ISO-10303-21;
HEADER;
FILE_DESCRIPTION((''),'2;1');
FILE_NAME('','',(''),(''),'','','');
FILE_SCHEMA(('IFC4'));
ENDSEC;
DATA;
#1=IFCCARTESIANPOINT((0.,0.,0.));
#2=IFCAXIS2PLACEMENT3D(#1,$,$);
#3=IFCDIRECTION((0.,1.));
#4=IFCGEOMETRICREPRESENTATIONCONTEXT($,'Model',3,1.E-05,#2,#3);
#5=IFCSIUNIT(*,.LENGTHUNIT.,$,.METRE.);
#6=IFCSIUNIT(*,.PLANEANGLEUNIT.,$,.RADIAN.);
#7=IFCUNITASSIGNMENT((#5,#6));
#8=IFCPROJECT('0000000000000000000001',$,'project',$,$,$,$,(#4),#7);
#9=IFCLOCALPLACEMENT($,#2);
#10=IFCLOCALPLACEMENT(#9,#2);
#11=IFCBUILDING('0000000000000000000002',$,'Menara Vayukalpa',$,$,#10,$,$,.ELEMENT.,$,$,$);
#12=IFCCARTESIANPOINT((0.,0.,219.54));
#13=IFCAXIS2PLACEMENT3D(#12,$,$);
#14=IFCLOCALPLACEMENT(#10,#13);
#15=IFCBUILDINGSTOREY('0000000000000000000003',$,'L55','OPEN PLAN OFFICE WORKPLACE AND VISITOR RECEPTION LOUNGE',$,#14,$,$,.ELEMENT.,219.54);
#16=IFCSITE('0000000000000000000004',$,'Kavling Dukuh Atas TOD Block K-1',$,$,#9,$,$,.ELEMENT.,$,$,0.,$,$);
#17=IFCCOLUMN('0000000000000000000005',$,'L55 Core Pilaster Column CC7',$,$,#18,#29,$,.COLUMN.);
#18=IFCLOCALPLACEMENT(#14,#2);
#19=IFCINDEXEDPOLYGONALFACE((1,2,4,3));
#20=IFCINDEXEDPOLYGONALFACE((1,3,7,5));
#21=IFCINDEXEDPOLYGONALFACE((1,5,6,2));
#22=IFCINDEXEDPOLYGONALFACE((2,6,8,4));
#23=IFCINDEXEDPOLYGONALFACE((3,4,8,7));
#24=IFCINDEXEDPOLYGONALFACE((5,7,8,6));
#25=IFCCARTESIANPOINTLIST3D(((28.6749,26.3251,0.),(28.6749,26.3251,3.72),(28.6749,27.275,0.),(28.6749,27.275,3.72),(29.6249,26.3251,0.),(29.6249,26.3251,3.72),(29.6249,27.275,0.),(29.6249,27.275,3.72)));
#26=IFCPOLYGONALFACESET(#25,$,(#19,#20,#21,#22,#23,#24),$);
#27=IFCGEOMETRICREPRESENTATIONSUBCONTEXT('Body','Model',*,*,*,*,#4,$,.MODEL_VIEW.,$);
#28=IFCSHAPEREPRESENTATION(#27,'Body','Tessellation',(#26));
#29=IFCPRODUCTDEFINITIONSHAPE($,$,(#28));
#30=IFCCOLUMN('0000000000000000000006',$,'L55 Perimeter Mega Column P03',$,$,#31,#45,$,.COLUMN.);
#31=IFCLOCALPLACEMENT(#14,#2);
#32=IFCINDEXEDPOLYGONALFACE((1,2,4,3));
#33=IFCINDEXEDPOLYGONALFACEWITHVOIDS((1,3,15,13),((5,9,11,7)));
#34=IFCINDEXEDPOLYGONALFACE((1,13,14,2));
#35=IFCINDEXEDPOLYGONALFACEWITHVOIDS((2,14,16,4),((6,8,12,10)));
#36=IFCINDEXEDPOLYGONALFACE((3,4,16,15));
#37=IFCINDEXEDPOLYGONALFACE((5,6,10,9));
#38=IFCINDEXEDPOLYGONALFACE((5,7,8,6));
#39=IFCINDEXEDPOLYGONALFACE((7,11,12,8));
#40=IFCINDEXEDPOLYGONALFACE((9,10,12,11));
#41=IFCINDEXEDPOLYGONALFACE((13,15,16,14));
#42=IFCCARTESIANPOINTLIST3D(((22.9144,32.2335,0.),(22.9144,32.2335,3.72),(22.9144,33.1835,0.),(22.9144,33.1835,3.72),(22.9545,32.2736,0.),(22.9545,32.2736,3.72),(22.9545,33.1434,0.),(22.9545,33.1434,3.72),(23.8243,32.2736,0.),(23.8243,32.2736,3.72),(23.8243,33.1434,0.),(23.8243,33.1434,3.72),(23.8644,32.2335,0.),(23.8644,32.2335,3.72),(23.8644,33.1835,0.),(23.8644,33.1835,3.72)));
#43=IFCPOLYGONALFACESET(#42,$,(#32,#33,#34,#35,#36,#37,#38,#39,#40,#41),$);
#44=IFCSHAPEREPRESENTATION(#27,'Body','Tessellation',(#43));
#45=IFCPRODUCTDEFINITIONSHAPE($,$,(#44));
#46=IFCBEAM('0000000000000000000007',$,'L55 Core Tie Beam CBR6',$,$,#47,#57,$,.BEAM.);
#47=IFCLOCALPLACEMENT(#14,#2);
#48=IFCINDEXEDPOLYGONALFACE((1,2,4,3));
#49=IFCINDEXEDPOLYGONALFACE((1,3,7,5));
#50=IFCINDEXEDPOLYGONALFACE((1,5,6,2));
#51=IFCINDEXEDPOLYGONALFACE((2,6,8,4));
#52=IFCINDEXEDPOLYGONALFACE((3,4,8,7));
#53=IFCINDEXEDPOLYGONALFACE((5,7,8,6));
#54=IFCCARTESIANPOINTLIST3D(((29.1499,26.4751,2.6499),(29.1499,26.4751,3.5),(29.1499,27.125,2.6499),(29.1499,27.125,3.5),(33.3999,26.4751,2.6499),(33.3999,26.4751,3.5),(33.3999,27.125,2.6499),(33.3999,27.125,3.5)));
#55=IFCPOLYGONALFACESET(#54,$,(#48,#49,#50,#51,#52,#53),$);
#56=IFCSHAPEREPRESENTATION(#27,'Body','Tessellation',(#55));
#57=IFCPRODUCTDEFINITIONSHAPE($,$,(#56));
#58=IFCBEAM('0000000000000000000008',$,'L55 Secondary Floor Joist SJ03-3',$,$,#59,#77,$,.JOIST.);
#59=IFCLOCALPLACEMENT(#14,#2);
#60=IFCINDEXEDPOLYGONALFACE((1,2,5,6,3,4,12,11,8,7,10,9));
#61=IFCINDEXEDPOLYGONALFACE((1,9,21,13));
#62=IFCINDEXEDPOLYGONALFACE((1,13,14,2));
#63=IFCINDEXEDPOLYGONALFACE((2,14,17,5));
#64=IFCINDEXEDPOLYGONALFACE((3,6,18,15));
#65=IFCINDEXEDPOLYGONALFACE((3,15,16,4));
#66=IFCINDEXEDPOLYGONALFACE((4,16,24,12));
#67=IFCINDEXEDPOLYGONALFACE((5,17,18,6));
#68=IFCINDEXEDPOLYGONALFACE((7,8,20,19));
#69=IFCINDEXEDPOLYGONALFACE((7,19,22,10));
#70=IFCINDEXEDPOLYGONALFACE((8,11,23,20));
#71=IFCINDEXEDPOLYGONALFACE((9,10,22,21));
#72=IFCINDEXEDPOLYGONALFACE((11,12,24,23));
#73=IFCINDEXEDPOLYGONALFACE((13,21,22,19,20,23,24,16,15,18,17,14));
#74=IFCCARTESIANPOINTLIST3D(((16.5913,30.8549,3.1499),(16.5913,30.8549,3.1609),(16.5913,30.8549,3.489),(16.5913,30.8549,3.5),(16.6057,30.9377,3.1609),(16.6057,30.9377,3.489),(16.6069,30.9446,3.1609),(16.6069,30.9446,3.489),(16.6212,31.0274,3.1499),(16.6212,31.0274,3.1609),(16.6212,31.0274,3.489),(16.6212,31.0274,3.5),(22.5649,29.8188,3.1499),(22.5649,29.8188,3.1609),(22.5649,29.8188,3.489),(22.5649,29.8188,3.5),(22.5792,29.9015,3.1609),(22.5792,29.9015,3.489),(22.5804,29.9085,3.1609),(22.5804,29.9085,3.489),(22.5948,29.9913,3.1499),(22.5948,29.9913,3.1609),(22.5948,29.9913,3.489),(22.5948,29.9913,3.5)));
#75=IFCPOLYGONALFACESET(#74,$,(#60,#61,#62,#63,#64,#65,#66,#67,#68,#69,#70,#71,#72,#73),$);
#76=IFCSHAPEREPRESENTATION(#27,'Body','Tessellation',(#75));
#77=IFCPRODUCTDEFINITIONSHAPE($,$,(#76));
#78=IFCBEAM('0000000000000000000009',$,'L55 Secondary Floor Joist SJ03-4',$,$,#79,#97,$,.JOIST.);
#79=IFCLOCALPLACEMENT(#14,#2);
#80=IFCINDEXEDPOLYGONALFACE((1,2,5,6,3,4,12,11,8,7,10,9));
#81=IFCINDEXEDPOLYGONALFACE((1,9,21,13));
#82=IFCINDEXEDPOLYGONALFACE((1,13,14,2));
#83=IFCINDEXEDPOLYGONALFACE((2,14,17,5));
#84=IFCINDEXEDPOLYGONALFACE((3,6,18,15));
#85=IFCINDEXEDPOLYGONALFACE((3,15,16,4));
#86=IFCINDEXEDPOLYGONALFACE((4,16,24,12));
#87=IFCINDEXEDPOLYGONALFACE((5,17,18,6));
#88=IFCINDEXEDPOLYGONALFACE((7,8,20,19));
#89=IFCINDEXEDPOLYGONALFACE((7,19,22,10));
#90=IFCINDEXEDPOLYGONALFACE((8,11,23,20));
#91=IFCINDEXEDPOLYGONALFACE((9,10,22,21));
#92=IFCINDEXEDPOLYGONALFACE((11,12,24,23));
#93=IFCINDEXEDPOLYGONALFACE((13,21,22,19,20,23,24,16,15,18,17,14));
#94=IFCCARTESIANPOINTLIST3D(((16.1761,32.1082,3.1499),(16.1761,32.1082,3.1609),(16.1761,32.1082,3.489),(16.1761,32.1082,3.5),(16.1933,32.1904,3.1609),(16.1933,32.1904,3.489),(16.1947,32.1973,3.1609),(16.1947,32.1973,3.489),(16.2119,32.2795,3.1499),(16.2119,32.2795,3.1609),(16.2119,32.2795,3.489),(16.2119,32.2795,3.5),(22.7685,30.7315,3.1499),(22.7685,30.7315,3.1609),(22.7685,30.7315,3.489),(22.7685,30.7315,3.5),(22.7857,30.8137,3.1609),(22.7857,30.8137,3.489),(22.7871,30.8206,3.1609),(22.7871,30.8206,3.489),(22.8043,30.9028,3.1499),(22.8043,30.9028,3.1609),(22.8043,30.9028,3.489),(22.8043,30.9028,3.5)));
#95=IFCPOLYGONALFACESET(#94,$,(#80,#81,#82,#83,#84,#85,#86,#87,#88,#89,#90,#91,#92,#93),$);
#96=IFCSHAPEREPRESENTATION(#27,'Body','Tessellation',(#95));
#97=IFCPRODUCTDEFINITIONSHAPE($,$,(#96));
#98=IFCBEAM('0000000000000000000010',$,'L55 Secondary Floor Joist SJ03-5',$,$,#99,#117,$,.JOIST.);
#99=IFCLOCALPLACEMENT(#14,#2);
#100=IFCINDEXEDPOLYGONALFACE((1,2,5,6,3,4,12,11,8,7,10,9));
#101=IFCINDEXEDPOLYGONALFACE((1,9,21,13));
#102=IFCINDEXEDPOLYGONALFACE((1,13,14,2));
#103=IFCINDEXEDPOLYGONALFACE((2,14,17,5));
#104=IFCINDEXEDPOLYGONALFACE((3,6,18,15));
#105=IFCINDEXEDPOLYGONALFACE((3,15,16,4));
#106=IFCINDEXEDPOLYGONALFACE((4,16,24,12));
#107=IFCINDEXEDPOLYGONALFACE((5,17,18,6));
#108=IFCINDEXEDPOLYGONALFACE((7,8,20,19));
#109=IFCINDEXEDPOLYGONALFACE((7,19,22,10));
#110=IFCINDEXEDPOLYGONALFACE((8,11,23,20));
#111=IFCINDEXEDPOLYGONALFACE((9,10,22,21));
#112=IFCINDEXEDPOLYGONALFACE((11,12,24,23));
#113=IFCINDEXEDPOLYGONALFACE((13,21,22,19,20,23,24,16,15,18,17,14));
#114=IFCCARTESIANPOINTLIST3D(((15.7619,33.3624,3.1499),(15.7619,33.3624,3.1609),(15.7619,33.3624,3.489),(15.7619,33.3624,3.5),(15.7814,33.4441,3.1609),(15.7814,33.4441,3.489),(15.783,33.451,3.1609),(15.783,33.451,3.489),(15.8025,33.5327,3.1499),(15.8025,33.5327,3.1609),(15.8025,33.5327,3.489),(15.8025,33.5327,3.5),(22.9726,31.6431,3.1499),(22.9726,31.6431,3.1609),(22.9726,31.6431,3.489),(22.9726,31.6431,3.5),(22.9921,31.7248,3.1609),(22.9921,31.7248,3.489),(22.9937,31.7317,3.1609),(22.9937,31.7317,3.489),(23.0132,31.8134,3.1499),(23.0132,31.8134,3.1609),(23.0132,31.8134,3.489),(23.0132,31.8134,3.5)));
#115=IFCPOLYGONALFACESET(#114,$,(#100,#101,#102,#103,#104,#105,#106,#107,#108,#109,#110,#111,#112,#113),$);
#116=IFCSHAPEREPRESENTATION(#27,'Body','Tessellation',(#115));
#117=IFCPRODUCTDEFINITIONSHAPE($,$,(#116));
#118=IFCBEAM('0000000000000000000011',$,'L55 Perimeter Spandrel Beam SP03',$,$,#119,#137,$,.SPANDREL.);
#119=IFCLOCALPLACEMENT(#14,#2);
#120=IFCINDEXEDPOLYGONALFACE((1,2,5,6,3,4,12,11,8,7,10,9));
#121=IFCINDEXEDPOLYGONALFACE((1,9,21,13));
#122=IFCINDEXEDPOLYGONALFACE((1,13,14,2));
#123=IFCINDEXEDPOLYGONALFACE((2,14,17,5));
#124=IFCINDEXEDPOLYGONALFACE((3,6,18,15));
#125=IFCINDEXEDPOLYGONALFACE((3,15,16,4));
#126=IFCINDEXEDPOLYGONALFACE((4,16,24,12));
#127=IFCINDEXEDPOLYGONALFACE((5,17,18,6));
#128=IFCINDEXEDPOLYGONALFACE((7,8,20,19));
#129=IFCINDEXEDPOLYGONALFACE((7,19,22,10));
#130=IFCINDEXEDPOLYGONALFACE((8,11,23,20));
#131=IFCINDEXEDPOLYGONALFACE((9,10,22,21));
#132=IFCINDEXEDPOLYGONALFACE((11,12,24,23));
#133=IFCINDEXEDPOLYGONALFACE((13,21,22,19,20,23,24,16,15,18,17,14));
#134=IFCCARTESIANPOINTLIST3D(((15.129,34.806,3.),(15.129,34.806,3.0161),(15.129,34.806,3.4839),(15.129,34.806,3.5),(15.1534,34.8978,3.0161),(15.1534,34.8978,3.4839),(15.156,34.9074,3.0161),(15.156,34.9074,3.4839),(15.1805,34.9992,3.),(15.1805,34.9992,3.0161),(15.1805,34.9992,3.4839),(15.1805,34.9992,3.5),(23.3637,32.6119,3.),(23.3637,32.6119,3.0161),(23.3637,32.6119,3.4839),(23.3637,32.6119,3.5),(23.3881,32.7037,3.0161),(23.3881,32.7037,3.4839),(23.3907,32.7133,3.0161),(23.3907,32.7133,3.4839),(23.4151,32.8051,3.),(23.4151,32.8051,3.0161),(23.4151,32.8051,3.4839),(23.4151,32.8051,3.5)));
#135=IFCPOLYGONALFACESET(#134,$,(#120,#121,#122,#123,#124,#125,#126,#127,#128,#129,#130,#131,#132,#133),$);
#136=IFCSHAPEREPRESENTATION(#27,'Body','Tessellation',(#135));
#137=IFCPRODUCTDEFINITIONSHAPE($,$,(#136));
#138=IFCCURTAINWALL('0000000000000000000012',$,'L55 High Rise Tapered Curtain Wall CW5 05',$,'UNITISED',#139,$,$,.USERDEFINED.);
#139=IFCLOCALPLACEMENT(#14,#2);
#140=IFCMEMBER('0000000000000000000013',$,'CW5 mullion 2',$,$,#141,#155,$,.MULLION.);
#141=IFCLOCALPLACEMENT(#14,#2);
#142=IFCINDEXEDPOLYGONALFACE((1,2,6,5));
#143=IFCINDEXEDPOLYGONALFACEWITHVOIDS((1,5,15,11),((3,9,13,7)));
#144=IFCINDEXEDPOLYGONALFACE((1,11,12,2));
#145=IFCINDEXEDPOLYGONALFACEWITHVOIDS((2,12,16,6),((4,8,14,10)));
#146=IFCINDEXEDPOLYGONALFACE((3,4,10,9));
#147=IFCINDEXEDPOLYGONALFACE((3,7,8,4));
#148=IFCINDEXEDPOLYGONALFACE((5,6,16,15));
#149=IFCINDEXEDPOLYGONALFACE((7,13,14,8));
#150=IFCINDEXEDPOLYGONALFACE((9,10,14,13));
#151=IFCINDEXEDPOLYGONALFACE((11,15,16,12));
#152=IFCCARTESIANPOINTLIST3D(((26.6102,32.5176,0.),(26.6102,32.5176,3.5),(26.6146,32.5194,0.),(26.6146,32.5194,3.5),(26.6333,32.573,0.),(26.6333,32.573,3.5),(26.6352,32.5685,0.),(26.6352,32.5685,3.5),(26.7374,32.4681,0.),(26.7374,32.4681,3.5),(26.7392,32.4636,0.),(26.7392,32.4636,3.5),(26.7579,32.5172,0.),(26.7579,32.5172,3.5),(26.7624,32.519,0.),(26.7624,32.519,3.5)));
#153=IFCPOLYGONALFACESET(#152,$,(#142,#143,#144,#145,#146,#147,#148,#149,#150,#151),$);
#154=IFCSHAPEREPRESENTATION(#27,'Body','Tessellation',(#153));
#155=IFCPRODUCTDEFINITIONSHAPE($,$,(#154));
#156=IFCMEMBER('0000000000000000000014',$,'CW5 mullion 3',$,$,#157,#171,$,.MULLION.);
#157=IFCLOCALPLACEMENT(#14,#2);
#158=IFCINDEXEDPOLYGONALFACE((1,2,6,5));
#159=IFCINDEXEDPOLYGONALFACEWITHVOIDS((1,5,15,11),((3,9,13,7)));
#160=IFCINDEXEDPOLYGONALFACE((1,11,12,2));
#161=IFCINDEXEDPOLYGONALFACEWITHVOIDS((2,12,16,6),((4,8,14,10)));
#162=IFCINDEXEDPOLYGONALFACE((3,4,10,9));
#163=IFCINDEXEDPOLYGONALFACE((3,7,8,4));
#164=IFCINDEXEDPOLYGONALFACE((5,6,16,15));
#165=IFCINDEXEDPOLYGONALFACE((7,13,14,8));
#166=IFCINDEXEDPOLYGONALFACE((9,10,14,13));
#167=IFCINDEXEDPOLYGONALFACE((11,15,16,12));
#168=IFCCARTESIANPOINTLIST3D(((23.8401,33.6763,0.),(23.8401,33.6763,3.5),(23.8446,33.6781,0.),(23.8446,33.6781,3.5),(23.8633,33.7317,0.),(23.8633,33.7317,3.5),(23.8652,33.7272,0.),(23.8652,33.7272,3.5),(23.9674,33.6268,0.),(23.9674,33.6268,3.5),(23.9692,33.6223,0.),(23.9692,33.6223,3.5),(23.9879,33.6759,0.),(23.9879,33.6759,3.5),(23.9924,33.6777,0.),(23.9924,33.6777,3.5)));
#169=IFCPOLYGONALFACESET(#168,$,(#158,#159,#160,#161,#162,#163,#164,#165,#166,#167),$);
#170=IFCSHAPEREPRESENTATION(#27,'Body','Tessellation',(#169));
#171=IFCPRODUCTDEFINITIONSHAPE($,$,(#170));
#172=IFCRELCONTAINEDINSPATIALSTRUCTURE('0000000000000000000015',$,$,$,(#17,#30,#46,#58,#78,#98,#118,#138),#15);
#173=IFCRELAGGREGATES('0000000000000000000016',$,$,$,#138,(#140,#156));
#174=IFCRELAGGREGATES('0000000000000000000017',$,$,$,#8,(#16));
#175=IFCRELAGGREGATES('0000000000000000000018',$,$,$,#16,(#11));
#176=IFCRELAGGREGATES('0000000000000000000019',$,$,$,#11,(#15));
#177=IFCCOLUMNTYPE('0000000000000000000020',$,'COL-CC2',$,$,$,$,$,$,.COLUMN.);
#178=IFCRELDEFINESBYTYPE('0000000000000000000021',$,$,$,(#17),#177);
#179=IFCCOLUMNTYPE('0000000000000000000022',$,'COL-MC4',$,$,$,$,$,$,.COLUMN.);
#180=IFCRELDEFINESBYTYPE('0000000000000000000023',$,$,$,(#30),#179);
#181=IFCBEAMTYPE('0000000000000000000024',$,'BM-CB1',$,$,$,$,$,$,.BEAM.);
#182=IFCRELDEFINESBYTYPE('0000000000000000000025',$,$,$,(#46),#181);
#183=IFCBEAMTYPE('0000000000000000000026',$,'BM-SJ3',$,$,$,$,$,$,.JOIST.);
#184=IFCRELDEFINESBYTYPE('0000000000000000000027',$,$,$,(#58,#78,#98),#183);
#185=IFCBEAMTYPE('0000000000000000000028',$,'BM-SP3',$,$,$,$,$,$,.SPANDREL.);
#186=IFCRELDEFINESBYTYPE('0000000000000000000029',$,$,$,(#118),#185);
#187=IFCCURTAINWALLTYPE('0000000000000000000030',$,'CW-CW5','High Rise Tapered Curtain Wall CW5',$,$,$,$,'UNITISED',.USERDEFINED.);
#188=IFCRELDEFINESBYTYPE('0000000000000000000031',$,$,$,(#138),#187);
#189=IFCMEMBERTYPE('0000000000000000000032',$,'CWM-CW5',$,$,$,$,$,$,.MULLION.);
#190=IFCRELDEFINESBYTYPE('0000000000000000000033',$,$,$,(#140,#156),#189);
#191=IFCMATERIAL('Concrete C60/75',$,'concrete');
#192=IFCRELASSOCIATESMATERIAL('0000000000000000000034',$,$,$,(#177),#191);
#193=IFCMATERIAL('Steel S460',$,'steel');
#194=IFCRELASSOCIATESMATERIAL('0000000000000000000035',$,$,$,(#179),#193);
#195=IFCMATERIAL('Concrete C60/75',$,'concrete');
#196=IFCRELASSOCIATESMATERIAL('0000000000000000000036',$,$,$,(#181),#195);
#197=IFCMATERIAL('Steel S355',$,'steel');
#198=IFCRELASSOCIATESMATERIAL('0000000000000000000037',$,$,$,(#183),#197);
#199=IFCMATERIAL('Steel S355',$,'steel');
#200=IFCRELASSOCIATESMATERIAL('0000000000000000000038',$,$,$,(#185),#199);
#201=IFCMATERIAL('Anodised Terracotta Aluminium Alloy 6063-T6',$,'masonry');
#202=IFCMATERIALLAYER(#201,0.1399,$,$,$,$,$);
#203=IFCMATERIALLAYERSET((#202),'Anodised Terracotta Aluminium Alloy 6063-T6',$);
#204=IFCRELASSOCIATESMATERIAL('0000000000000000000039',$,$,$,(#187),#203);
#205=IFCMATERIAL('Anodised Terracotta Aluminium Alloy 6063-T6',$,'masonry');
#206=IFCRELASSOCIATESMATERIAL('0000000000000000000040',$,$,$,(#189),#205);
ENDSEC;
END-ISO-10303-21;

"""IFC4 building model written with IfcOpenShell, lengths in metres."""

from ifc_helpers import new_model, si_unit, direction, frame, origin, origin_2d, place, context, subcontext, project, spatial, rectangle, hollow_rectangle, i_section, extrude, material, layer, layer_set, material_profile, profile_set, type_object, element, aggregate, save


model = new_model("IFC4")

# Units and contexts
model_context = context("Model", 3, precision=1e-05, world=origin(), true_north=direction((0.0, 1.0)))
body_context = subcontext(model_context, "Body", "Model", "MODEL_VIEW")
ifc_project = project(units=[si_unit("LENGTHUNIT", "METRE"), si_unit("PLANEANGLEUNIT", "RADIAN")], contexts=[model_context])

# Site, building, storey
site_placement = place(None, origin())
site = spatial("IfcSite", under=ifc_project, at=site_placement, Name="Kavling Dukuh Atas TOD Block K-1", CompositionType="ELEMENT", RefElevation=0.0)
building_placement = place(site_placement, origin())
building = spatial("IfcBuilding", under=site, at=building_placement, Name="Menara Vayukalpa", CompositionType="ELEMENT")
storey_placement = place(building_placement, frame((0.0, 0.0, 219.54)))
storey = spatial("IfcBuildingStorey", under=building, at=storey_placement, Name="L55", Description="OPEN PLAN OFFICE WORKPLACE AND VISITOR RECEPTION LOUNGE", CompositionType="ELEMENT", Elevation=219.54)

# Columns
ifc_material_1 = material(Name="Concrete C60/75", Category="concrete")
ifc_material_profile_1 = material_profile(ifc_material_1, rectangle(XDim=0.95, YDim=0.95, at=origin_2d()), Name="RC 950x950")
ifc_profile_set_1 = profile_set([ifc_material_profile_1], Name="Concrete C60/75")
column_type_1 = type_object("IfcColumnType", Name="COL-CC2", PredefinedType="COLUMN", material=ifc_profile_set_1)
column_1_placement = place(storey_placement, frame((29.1499, 26.8, 0.0), z_axis=(0.0, 0.0, 1.0), x_axis=(1.0, 0.0, 0.0)))
element("IfcColumn", 1, at=column_1_placement, inside=storey, type_object=column_type_1, Name="L55 Core Pilaster Column CC7", PredefinedType="COLUMN", context=body_context, shape_type="SweptSolid", body=[
    extrude(rectangle(XDim=0.95, YDim=0.95, at=origin_2d()), origin(), (0.0, 0.0, 1.0), 3.72),
])
ifc_material_2 = material(Name="Steel S460", Category="steel")
ifc_material_profile_2 = material_profile(ifc_material_2, hollow_rectangle(XDim=0.95, YDim=0.95, WallThickness=0.04, at=origin_2d()), Name="BOX 950x950x40")
ifc_profile_set_2 = profile_set([ifc_material_profile_2], Name="Steel S460")
column_type_2 = type_object("IfcColumnType", Name="COL-MC4", PredefinedType="COLUMN", material=ifc_profile_set_2)
column_2_placement = place(storey_placement, frame((23.3894, 32.7085, 0.0), z_axis=(0.0, 0.0, 1.0), x_axis=(1.0, 0.0, 0.0)))
element("IfcColumn", 2, at=column_2_placement, inside=storey, type_object=column_type_2, Name="L55 Perimeter Mega Column P03", PredefinedType="COLUMN", context=body_context, shape_type="SweptSolid", body=[
    extrude(hollow_rectangle(XDim=0.95, YDim=0.95, WallThickness=0.04, at=origin_2d()), origin(), (0.0, 0.0, 1.0), 3.72),
])

# Beams
ifc_material_3 = material(Name="Concrete C60/75", Category="concrete")
ifc_material_profile_3 = material_profile(ifc_material_3, rectangle(XDim=0.6499, YDim=0.8501, at=origin_2d()), Name="RC 650x850")
ifc_profile_set_3 = profile_set([ifc_material_profile_3], Name="Concrete C60/75")
beam_type_1 = type_object("IfcBeamType", Name="BM-CB1", PredefinedType="BEAM", material=ifc_profile_set_3)
beam_1_placement = place(storey_placement, frame((29.1499, 26.8, 3.075), z_axis=(1.0, 0.0, 0.0), x_axis=(0.0, 1.0, 0.0)))
element("IfcBeam", 3, at=beam_1_placement, inside=storey, type_object=beam_type_1, Name="L55 Core Tie Beam CBR6", PredefinedType="BEAM", context=body_context, shape_type="SweptSolid", body=[
    extrude(rectangle(XDim=0.6499, YDim=0.8501, at=origin_2d()), origin(), (0.0, 0.0, 1.0), 4.25),
])
ifc_material_4 = material(Name="Steel S355", Category="steel")
ifc_material_profile_4 = material_profile(ifc_material_4, i_section(OverallWidth=0.175, OverallDepth=0.3501, WebThickness=0.0071, FlangeThickness=0.011, at=origin_2d()), Name="WF 350x175x7x11")
ifc_profile_set_4 = profile_set([ifc_material_profile_4], Name="Steel S355")
beam_type_2 = type_object("IfcBeamType", Name="BM-SJ3", PredefinedType="JOIST", material=ifc_profile_set_4)
beam_2_placement = place(storey_placement, frame((22.5798, 29.905, 3.325), z_axis=(-0.985288, 0.170899, 0.0), x_axis=(-0.170899, -0.985288, 0.0)))
element("IfcBeam", 4, at=beam_2_placement, inside=storey, type_object=beam_type_2, Name="L55 Secondary Floor Joist SJ03-3", PredefinedType="JOIST", context=body_context, shape_type="SweptSolid", body=[
    extrude(i_section(OverallWidth=0.175, OverallDepth=0.3501, WebThickness=0.0071, FlangeThickness=0.011, at=origin_2d()), origin(), (0.0, 0.0, 1.0), 6.0627),
])
beam_3_placement = place(storey_placement, frame((22.7864, 30.8171, 3.325), z_axis=(-0.978882, 0.204426, 0.0), x_axis=(-0.204426, -0.978882, 0.0)))
element("IfcBeam", 5, at=beam_3_placement, inside=storey, type_object=beam_type_2, Name="L55 Secondary Floor Joist SJ03-4", PredefinedType="JOIST", context=body_context, shape_type="SweptSolid", body=[
    extrude(i_section(OverallWidth=0.175, OverallDepth=0.3501, WebThickness=0.0071, FlangeThickness=0.011, at=origin_2d()), origin(), (0.0, 0.0, 1.0), 6.7346),
])
beam_4_placement = place(storey_placement, frame((22.9929, 31.7283, 3.325), z_axis=(-0.972733, 0.231928, 0.0), x_axis=(-0.231928, -0.972733, 0.0)))
element("IfcBeam", 6, at=beam_4_placement, inside=storey, type_object=beam_type_2, Name="L55 Secondary Floor Joist SJ03-5", PredefinedType="JOIST", context=body_context, shape_type="SweptSolid", body=[
    extrude(i_section(OverallWidth=0.175, OverallDepth=0.3501, WebThickness=0.0071, FlangeThickness=0.011, at=origin_2d()), origin(), (0.0, 0.0, 1.0), 7.4128),
])
ifc_material_5 = material(Name="Steel S355", Category="steel")
ifc_material_profile_5 = material_profile(ifc_material_5, i_section(OverallWidth=0.2, OverallDepth=0.5, WebThickness=0.01, FlangeThickness=0.0161, at=origin_2d()), Name="WF 500x200x10x16")
ifc_profile_set_5 = profile_set([ifc_material_profile_5], Name="Steel S355")
beam_type_3 = type_object("IfcBeamType", Name="BM-SP3", PredefinedType="SPANDREL", material=ifc_profile_set_5)
beam_5_placement = place(storey_placement, frame((23.3894, 32.7085, 3.25), z_axis=(-0.966288, 0.257465, 0.0), x_axis=(-0.257465, -0.966288, 0.0)))
element("IfcBeam", 7, at=beam_5_placement, inside=storey, type_object=beam_type_3, Name="L55 Perimeter Spandrel Beam SP03", PredefinedType="SPANDREL", context=body_context, shape_type="SweptSolid", body=[
    extrude(i_section(OverallWidth=0.2, OverallDepth=0.5, WebThickness=0.01, FlangeThickness=0.0161, at=origin_2d()), origin(), (0.0, 0.0, 1.0), 8.522),
])

# Curtain wall, members
ifc_material_6 = material(Name="Anodised Terracotta Aluminium Alloy 6063-T6", Category="masonry")
ifc_layer_1 = layer(ifc_material_6, 0.1399)
ifc_layer_set_1 = layer_set([ifc_layer_1], Name="Anodised Terracotta Aluminium Alloy 6063-T6")
curtain_wall_type = type_object("IfcCurtainWallType", Name="CW-CW5", Description="High Rise Tapered Curtain Wall CW5", ElementType="UNITISED", PredefinedType="USERDEFINED", material=ifc_layer_set_1)
curtain_wall_placement = place(storey_placement, origin())
curtain_wall = element("IfcCurtainWall", 8, at=curtain_wall_placement, inside=storey, type_object=curtain_wall_type, Name="L55 High Rise Tapered Curtain Wall CW5 05", ObjectType="UNITISED", PredefinedType="USERDEFINED")
ifc_material_7 = material(Name="Anodised Terracotta Aluminium Alloy 6063-T6", Category="masonry")
ifc_material_profile_6 = material_profile(ifc_material_7, hollow_rectangle(XDim=0.0601, YDim=0.1399, WallThickness=0.0034, at=origin_2d()), Name="ALU 60x140x3.5")
ifc_profile_set_6 = profile_set([ifc_material_profile_6], Name="Anodised Terracotta Aluminium Alloy 6063-T6")
member_type_1 = type_object("IfcMemberType", Name="CWM-CW5", PredefinedType="MULLION", material=ifc_profile_set_6)
member_1_placement = place(storey_placement, frame((26.6863, 32.5183, 0.0), z_axis=(0.0, 0.0, 1.0), x_axis=(-0.385903, -0.922539, 0.0)))
member_1 = element("IfcMember", 9, at=member_1_placement, type_object=member_type_1, Name="CW5 mullion 2", PredefinedType="MULLION", context=body_context, shape_type="SweptSolid", body=[
    extrude(hollow_rectangle(XDim=0.0601, YDim=0.1399, WallThickness=0.0034, at=origin_2d()), origin(), (0.0, 0.0, 1.0), 3.5),
])
member_2_placement = place(storey_placement, frame((23.9163, 33.677, 0.0), z_axis=(0.0, 0.0, 1.0), x_axis=(-0.385903, -0.922539, 0.0)))
member_2 = element("IfcMember", 10, at=member_2_placement, type_object=member_type_1, Name="CW5 mullion 3", PredefinedType="MULLION", context=body_context, shape_type="SweptSolid", body=[
    extrude(hollow_rectangle(XDim=0.0601, YDim=0.1399, WallThickness=0.0034, at=origin_2d()), origin(), (0.0, 0.0, 1.0), 3.5),
])
aggregate(curtain_wall, [member_1, member_2])

save(model, "model.ifc")
